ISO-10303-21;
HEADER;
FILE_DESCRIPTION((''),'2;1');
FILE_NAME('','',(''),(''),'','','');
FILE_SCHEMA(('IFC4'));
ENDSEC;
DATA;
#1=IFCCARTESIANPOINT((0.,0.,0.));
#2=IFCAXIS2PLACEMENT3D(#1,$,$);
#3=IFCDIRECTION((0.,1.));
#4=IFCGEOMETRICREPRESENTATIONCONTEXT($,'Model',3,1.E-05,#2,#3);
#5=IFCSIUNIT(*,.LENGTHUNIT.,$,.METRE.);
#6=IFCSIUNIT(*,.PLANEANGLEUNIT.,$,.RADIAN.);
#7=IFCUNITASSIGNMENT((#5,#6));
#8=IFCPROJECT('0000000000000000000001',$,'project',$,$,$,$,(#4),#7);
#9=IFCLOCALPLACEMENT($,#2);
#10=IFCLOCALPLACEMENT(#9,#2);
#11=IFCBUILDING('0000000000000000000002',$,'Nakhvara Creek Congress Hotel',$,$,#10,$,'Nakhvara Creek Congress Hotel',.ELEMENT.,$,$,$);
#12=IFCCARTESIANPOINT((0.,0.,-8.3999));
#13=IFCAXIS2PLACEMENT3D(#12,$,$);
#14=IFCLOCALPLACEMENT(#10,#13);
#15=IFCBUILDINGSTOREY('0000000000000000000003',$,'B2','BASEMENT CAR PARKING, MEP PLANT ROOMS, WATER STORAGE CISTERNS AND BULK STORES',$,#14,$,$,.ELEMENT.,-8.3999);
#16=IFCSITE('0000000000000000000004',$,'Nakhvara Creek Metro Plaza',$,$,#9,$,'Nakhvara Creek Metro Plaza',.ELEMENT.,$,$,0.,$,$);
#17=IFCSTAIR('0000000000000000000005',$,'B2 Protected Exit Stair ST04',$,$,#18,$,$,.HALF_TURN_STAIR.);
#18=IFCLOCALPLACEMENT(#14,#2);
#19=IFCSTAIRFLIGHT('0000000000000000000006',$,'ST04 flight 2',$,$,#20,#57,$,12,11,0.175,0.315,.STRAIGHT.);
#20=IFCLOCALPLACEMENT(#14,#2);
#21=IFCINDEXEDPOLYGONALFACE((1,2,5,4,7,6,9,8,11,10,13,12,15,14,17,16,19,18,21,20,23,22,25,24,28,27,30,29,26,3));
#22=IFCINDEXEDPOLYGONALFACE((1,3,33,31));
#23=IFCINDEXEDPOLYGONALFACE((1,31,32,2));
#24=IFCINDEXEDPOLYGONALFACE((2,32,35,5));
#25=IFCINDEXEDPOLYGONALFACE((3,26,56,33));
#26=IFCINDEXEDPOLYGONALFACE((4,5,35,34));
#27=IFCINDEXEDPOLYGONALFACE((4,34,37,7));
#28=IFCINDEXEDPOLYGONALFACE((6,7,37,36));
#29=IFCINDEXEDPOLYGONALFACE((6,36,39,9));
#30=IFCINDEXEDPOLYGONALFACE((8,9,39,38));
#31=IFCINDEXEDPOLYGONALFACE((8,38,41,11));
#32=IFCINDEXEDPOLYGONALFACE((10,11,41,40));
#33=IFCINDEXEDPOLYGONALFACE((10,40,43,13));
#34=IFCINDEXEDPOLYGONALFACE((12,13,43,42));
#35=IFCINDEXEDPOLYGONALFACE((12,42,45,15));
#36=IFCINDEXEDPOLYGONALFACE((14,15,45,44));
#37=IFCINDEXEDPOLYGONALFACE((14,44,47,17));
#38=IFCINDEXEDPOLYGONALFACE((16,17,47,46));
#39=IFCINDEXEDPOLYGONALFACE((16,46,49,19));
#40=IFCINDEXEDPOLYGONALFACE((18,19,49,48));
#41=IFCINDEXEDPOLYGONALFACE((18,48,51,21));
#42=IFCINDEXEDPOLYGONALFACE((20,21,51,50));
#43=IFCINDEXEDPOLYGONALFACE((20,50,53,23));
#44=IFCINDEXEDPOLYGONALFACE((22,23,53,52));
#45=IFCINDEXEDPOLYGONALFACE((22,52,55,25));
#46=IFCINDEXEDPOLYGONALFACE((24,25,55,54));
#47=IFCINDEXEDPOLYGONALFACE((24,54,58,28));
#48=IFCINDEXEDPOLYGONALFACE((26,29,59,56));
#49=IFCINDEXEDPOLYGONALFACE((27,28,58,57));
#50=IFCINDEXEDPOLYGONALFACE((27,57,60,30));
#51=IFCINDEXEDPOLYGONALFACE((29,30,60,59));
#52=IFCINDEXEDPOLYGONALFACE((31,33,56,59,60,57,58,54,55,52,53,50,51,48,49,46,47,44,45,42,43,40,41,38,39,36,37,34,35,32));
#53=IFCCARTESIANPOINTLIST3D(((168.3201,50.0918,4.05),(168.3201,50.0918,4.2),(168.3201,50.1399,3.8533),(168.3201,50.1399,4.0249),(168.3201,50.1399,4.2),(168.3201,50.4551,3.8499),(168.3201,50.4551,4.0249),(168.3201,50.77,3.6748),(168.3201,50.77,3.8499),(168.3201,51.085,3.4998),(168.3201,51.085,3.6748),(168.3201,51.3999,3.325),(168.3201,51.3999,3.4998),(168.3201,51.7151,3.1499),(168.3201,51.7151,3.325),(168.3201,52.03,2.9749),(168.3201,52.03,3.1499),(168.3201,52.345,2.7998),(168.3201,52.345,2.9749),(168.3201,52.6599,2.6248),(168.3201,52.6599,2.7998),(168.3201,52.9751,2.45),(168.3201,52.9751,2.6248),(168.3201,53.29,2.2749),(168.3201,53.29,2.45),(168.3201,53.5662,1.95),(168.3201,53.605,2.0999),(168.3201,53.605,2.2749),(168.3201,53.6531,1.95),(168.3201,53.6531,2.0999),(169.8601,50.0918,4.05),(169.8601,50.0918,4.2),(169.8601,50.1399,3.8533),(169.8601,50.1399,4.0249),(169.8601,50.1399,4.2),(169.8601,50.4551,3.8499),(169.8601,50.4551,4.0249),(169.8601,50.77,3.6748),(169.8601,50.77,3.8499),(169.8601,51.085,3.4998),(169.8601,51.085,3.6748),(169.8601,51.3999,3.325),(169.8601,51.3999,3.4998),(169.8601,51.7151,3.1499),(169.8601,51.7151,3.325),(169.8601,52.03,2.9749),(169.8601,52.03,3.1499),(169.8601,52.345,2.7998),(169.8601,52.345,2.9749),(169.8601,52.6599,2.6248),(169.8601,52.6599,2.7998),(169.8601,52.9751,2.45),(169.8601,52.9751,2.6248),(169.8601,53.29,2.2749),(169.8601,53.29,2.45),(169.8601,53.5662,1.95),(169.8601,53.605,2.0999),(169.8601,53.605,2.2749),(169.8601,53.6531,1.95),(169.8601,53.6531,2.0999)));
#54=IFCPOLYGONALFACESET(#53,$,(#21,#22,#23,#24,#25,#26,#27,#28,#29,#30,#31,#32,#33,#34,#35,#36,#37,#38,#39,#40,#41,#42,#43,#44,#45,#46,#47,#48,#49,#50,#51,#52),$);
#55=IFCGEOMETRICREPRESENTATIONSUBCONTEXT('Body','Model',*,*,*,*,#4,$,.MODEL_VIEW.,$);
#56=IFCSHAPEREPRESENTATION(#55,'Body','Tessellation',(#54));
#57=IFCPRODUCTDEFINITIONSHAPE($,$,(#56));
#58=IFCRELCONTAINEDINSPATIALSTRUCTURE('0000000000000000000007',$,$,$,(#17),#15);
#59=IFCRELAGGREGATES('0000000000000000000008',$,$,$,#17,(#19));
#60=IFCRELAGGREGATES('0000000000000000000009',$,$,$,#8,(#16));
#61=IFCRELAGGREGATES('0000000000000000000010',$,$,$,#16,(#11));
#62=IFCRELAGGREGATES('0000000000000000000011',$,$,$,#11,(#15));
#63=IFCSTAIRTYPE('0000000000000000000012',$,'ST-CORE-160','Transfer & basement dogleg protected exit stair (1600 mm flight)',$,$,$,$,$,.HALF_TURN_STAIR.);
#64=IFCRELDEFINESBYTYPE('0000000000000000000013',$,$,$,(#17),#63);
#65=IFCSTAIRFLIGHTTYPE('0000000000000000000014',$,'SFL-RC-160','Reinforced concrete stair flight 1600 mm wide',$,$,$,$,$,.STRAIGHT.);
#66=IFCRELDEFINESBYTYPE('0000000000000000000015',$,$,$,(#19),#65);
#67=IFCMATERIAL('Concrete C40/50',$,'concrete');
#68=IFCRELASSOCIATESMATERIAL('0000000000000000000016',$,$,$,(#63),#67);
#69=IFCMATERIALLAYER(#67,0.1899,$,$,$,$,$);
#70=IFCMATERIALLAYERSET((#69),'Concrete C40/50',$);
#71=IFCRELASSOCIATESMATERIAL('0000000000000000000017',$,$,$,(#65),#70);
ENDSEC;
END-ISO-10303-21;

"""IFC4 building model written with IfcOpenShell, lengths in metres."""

from ifc_helpers import new_model, si_unit, direction, frame, origin, place, context, subcontext, project, spatial, polyline, outline, extrude, material, layer, layer_set, type_object, element, aggregate, save


model = new_model("IFC4")

# Units and contexts
model_context = context("Model", 3, precision=1e-05, world=origin(), true_north=direction((0.0, 1.0)))
body_context = subcontext(model_context, "Body", "Model", "MODEL_VIEW")
ifc_project = project(units=[si_unit("LENGTHUNIT", "METRE"), si_unit("PLANEANGLEUNIT", "RADIAN")], contexts=[model_context])

# Site, building, storey
site_placement = place(None, origin())
site = spatial("IfcSite", under=ifc_project, at=site_placement, Name="Nakhvara Creek Metro Plaza", LongName="Nakhvara Creek Metro Plaza", CompositionType="ELEMENT", RefElevation=0.0)
building_placement = place(site_placement, origin())
building = spatial("IfcBuilding", under=site, at=building_placement, Name="Nakhvara Creek Congress Hotel", LongName="Nakhvara Creek Congress Hotel", CompositionType="ELEMENT")
storey_placement = place(building_placement, frame((0.0, 0.0, -8.3999)))
storey = spatial("IfcBuildingStorey", under=building, at=storey_placement, Name="B2", Description="BASEMENT CAR PARKING, MEP PLANT ROOMS, WATER STORAGE CISTERNS AND BULK STORES", CompositionType="ELEMENT", Elevation=-8.3999)

# Shared definitions
ifc_material_1 = material(Name="Concrete C40/50", Category="concrete")

# Stair, stair flight
stair_type = type_object("IfcStairType", Name="ST-CORE-160", Description="Transfer & basement dogleg protected exit stair (1600 mm flight)", PredefinedType="HALF_TURN_STAIR", material=ifc_material_1)
stair_placement = place(storey_placement, origin())
stair = element("IfcStair", 1, at=stair_placement, inside=storey, type_object=stair_type, Name="B2 Protected Exit Stair ST04", PredefinedType="HALF_TURN_STAIR")
ifc_layer_1 = layer(ifc_material_1, 0.1899)
ifc_layer_set_1 = layer_set([ifc_layer_1], Name="Concrete C40/50")
stair_flight_type = type_object("IfcStairFlightType", Name="SFL-RC-160", Description="Reinforced concrete stair flight 1600 mm wide", PredefinedType="STRAIGHT", material=ifc_layer_set_1)
stair_flight_1_placement = place(storey_placement, frame((169.0901, 53.605, 2.0999), z_axis=(0.0, 0.0, 1.0), x_axis=(0.0, -1.0, 0.0)))
stair_flight_1 = element("IfcStairFlight", 2, at=stair_flight_1_placement, type_object=stair_flight_type, Name="ST04 flight 2", NumberOfRisers=12, NumberOfTreads=11, PredefinedType="STRAIGHT", RiserHeight=0.175, TreadLength=0.315, context=body_context, shape_type="SweptSolid", body=[
    extrude(outline(polyline([(-0.0481, 0.0), (0.0, 0.0), (0.0, 0.175), (0.3149, 0.175), (0.3149, 0.3501), (0.6299, 0.3501), (0.6299, 0.5249), (0.9451, 0.5249), (0.9451, 0.7), (1.26, 0.7), (1.26, 0.875), (1.575, 0.875), (1.575, 1.05), (1.8899, 1.05), (1.8899, 1.2251), (2.2051, 1.2251), (2.2051, 1.3999), (2.52, 1.3999), (2.52, 1.575), (2.835, 1.575), (2.835, 1.75), (3.1499, 1.75), (3.1499, 1.925), (3.4651, 1.925), (3.4651, 2.1001), (3.5132, 2.1001), (3.5132, 1.9502), (3.4651, 1.7534), (0.0388, -0.1499), (-0.0481, -0.1499), (-0.0481, 0.0)])), frame((0.0, 0.77, 0.0), z_axis=(0.0, -1.0, 0.0), x_axis=(1.0, 0.0, 0.0)), (0.0, 0.0, 1.0), 1.54),
])
aggregate(stair, [stair_flight_1])

save(model, "model.ifc")
